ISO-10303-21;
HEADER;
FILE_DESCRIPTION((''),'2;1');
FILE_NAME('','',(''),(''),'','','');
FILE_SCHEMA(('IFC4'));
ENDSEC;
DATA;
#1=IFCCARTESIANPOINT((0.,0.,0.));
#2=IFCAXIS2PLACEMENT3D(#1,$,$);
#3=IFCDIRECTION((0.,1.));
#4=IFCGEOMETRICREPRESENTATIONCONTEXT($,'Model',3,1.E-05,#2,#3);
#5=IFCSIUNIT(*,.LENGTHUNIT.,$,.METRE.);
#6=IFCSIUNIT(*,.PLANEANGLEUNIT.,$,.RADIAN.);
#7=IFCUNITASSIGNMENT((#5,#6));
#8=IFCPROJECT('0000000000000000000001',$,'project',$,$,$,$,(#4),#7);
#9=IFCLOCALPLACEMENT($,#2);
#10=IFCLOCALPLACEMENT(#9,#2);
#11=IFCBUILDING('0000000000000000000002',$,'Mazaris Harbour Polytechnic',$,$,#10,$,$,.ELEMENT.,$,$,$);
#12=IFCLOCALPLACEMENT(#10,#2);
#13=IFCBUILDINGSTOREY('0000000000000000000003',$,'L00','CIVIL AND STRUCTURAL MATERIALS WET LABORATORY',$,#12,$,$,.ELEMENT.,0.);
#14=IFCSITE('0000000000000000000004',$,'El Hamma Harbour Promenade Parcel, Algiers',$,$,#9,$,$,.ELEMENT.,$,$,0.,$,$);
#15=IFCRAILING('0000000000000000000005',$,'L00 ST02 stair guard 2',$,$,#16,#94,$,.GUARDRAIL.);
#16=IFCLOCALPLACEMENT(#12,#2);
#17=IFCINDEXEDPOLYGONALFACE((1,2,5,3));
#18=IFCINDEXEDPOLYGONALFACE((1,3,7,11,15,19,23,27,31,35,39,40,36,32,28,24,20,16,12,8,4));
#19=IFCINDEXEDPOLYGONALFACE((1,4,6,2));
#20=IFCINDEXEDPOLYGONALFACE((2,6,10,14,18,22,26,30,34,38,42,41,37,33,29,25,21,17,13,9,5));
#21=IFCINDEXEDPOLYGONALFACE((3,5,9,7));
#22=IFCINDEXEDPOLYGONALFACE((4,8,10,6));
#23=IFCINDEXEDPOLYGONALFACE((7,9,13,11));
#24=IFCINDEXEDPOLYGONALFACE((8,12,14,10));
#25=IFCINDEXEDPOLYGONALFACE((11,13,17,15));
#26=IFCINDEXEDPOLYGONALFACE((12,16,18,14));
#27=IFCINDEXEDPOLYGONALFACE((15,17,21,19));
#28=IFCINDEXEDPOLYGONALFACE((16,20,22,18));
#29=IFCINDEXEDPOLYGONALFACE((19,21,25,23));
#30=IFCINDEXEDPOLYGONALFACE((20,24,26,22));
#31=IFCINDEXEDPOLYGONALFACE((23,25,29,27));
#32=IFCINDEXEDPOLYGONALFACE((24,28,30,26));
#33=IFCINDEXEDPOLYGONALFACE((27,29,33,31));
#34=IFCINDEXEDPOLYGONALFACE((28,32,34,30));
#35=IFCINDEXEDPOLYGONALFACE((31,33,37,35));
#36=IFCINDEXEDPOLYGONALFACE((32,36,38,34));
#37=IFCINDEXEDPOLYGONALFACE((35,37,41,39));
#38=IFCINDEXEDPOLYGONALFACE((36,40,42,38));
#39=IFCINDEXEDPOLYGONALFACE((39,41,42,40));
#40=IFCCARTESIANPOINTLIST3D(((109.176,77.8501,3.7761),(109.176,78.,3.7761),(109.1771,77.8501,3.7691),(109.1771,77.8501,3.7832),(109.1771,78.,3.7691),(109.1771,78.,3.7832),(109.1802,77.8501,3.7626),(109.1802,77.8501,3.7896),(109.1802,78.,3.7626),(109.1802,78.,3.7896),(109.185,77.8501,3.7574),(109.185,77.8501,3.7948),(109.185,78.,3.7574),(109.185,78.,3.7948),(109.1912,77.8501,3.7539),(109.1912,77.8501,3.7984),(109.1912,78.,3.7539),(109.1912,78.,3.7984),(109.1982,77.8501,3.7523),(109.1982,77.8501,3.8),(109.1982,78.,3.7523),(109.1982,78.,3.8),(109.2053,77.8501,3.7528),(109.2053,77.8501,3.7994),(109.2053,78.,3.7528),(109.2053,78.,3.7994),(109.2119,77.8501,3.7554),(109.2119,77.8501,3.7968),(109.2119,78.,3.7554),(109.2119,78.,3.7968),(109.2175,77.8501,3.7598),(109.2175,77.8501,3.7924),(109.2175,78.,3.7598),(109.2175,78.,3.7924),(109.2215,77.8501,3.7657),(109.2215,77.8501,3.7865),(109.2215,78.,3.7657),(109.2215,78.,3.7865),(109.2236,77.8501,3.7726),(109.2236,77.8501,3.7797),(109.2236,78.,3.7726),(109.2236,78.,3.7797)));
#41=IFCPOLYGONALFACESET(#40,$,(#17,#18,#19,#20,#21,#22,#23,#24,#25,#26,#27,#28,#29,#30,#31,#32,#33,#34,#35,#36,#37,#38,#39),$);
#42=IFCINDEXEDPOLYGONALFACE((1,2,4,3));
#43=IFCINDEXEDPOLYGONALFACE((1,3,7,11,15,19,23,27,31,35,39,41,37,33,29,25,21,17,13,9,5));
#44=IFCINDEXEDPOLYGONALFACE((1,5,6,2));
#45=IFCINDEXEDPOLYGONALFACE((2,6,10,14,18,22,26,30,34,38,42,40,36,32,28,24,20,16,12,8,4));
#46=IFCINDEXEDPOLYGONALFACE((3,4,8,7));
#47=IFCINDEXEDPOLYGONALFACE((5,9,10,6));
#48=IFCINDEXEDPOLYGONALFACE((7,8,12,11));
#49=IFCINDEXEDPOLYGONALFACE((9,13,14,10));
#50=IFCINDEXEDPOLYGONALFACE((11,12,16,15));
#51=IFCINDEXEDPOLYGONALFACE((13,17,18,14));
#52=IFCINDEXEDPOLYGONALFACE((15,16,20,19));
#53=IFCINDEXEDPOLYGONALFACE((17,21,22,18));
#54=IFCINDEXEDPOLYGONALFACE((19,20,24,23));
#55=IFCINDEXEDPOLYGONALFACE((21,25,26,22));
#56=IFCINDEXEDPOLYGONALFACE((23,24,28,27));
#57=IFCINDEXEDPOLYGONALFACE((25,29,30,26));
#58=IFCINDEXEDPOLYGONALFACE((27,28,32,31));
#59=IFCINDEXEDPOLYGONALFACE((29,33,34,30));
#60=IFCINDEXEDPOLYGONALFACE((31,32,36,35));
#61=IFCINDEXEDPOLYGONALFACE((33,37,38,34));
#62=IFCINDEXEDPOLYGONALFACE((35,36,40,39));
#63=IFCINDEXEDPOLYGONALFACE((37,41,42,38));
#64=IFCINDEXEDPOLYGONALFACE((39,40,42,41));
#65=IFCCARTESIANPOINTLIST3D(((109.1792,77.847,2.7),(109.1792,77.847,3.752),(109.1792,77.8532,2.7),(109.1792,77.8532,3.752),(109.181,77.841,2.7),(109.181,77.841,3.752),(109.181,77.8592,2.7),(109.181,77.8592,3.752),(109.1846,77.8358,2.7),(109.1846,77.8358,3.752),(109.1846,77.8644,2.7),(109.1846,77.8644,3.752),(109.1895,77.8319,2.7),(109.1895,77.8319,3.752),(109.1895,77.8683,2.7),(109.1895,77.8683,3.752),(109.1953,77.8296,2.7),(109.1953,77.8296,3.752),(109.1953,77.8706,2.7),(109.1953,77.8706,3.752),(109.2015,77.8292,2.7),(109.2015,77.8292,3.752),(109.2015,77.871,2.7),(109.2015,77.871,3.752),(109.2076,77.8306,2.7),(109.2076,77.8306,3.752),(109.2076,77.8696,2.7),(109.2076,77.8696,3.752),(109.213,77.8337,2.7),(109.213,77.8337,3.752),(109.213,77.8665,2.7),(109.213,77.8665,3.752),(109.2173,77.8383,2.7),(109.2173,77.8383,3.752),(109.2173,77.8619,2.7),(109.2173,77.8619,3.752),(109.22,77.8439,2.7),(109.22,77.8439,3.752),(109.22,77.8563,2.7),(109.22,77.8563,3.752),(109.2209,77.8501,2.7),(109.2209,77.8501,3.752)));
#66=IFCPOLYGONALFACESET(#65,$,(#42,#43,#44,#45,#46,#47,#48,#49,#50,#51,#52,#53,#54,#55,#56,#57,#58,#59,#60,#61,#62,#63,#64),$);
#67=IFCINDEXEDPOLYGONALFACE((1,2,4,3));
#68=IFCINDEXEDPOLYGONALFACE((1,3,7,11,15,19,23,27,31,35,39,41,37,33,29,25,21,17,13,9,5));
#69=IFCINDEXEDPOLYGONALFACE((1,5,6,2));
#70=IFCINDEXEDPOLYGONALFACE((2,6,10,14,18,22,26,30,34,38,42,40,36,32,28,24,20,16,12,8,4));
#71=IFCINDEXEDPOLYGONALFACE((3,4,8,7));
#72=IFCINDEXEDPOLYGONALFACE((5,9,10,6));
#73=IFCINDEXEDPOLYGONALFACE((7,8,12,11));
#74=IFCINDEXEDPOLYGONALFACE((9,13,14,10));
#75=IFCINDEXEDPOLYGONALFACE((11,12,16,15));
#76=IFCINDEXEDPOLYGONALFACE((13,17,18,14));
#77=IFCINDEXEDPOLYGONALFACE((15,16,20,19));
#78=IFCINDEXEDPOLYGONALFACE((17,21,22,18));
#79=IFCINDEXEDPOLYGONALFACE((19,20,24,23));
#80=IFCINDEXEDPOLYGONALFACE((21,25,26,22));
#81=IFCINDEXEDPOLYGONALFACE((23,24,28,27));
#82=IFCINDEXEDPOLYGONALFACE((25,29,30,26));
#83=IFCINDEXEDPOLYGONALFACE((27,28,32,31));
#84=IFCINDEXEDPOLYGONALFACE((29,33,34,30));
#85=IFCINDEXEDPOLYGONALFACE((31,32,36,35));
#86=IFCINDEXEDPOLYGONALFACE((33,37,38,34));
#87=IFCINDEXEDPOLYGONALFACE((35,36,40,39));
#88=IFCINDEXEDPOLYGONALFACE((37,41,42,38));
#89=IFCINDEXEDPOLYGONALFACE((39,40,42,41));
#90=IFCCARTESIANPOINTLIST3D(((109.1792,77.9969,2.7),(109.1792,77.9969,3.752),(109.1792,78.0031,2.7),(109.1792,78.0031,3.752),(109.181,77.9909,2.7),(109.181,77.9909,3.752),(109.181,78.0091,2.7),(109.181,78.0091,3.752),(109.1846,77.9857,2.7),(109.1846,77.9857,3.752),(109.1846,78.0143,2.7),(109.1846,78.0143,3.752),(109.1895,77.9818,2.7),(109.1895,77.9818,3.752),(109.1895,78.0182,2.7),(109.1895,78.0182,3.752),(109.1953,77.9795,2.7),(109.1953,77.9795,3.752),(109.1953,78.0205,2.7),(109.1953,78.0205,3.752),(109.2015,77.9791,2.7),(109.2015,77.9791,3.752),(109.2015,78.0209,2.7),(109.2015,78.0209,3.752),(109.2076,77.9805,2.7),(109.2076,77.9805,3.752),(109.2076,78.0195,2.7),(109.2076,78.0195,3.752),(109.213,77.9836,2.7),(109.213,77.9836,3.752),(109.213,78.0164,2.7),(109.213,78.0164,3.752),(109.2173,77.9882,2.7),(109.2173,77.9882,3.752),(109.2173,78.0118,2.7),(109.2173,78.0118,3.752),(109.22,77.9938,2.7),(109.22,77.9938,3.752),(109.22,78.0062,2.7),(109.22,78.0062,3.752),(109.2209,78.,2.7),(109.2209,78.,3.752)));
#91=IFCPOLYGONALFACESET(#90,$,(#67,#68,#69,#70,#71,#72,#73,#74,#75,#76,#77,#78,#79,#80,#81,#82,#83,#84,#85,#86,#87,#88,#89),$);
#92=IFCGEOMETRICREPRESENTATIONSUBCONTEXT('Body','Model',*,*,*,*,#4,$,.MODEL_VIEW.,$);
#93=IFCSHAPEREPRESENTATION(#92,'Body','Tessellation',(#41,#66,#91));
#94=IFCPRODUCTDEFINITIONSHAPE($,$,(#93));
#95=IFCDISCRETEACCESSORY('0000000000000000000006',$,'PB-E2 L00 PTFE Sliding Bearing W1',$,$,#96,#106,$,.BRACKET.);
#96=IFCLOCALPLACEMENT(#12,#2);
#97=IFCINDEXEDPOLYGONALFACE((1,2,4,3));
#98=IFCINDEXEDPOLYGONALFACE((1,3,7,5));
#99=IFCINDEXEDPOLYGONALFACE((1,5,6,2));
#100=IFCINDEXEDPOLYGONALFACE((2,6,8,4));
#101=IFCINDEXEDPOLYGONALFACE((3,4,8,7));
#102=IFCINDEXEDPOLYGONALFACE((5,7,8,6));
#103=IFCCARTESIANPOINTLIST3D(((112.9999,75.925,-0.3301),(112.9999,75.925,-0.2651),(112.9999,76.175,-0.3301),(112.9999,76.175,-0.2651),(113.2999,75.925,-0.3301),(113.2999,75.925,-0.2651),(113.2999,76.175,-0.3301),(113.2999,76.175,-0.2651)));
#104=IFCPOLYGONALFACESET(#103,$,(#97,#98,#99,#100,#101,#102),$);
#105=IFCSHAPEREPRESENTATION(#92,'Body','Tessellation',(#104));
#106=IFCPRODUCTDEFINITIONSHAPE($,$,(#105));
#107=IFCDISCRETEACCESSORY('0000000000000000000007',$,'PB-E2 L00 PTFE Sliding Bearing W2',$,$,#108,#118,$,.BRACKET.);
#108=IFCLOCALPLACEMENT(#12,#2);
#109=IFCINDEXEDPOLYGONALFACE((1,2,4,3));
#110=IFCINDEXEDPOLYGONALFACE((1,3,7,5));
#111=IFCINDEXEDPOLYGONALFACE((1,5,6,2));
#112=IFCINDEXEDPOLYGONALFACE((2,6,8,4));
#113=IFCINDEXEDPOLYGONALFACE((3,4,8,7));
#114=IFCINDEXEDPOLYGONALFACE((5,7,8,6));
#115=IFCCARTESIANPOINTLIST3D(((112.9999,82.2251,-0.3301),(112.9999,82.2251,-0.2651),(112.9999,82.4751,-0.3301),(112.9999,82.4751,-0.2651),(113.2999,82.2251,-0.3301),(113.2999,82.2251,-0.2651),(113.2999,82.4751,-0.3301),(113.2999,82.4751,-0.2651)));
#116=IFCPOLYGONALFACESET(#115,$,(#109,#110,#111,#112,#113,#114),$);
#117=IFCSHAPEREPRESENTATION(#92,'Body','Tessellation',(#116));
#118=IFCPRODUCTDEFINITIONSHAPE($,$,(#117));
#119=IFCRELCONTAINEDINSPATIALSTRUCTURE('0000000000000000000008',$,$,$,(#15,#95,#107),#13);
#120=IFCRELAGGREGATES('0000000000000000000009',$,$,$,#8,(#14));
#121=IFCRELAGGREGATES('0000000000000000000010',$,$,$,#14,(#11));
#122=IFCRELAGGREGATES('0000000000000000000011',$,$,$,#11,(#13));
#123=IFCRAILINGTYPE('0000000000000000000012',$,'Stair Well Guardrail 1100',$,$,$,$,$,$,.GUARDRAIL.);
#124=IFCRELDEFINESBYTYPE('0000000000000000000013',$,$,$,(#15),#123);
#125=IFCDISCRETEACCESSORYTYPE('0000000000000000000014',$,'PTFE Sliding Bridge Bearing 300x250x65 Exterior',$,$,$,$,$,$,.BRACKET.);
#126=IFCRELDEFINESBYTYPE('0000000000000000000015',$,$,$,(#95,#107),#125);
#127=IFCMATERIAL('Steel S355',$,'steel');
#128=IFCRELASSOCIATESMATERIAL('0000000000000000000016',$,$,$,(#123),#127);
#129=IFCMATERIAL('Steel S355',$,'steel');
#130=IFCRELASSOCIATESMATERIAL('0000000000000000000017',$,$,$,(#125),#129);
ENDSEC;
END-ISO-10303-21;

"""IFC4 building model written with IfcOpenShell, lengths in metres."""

from ifc_helpers import new_model, si_unit, direction, frame, origin, origin_2d, place, context, subcontext, project, spatial, rectangle, circle, extrude, material, type_object, element, save


model = new_model("IFC4")

# Units and contexts
model_context = context("Model", 3, precision=1e-05, world=origin(), true_north=direction((0.0, 1.0)))
body_context = subcontext(model_context, "Body", "Model", "MODEL_VIEW")
ifc_project = project(units=[si_unit("LENGTHUNIT", "METRE"), si_unit("PLANEANGLEUNIT", "RADIAN")], contexts=[model_context])

# Site, building, storey
site_placement = place(None, origin())
site = spatial("IfcSite", under=ifc_project, at=site_placement, Name="El Hamma Harbour Promenade Parcel, Algiers", CompositionType="ELEMENT", RefElevation=0.0)
building_placement = place(site_placement, origin())
building = spatial("IfcBuilding", under=site, at=building_placement, Name="Mazaris Harbour Polytechnic", CompositionType="ELEMENT")
storey_placement = place(building_placement, origin())
storey = spatial("IfcBuildingStorey", under=building, at=storey_placement, Name="L00", Description="CIVIL AND STRUCTURAL MATERIALS WET LABORATORY", CompositionType="ELEMENT", Elevation=0.0)

# Railing
ifc_material_1 = material(Name="Steel S355", Category="steel")
railing_type_1 = type_object("IfcRailingType", Name="Stair Well Guardrail 1100", PredefinedType="GUARDRAIL", material=ifc_material_1)
railing_1_placement = place(storey_placement, frame((109.2, 77.8501, 2.7)))
element("IfcRailing", 1, at=railing_1_placement, inside=storey, type_object=railing_type_1, Name="L00 ST02 stair guard 2", PredefinedType="GUARDRAIL", context=body_context, shape_type="SweptSolid", body=[
    extrude(circle(Radius=0.0239, at=origin_2d()), frame((0.0, 0.0, 1.0762), z_axis=(0.0, 1.0, 0.0), x_axis=(-1.0, 0.0, 0.0)), (0.0, 0.0, 1.0), 0.1499),
    extrude(circle(Radius=0.021, at=origin_2d()), origin(), (0.0, 0.0, 1.0), 1.052),
    extrude(circle(Radius=0.021, at=origin_2d()), frame((0.0, 0.1499, 0.0)), (0.0, 0.0, 1.0), 1.052),
])

# Discrete accessories
ifc_material_2 = material(Name="Steel S355", Category="steel")
discrete_accessory_type = type_object("IfcDiscreteAccessoryType", Name="PTFE Sliding Bridge Bearing 300x250x65 Exterior", PredefinedType="BRACKET", material=ifc_material_2)
for number, where, z_axis, x_axis, name in (
    (2, (113.1499, 76.05, -0.3301), (0.0, 0.0, 1.0), (1.0, 0.0, 0.0), "PB-E2 L00 PTFE Sliding Bearing W1"),
    (3, (113.1499, 82.3501, -0.3301), (0.0, 0.0, 1.0), (1.0, 0.0, 0.0), "PB-E2 L00 PTFE Sliding Bearing W2"),
):
    element("IfcDiscreteAccessory", number, at=place(storey_placement, frame(where, z_axis=z_axis, x_axis=x_axis)), inside=storey, type_object=discrete_accessory_type, Name=name, PredefinedType="BRACKET", context=body_context, shape_type="SweptSolid", body=[
        extrude(rectangle(XDim=0.3, YDim=0.25, at=origin_2d()), origin(), (0.0, 0.0, 1.0), 0.0649),
    ])

save(model, "model.ifc")
